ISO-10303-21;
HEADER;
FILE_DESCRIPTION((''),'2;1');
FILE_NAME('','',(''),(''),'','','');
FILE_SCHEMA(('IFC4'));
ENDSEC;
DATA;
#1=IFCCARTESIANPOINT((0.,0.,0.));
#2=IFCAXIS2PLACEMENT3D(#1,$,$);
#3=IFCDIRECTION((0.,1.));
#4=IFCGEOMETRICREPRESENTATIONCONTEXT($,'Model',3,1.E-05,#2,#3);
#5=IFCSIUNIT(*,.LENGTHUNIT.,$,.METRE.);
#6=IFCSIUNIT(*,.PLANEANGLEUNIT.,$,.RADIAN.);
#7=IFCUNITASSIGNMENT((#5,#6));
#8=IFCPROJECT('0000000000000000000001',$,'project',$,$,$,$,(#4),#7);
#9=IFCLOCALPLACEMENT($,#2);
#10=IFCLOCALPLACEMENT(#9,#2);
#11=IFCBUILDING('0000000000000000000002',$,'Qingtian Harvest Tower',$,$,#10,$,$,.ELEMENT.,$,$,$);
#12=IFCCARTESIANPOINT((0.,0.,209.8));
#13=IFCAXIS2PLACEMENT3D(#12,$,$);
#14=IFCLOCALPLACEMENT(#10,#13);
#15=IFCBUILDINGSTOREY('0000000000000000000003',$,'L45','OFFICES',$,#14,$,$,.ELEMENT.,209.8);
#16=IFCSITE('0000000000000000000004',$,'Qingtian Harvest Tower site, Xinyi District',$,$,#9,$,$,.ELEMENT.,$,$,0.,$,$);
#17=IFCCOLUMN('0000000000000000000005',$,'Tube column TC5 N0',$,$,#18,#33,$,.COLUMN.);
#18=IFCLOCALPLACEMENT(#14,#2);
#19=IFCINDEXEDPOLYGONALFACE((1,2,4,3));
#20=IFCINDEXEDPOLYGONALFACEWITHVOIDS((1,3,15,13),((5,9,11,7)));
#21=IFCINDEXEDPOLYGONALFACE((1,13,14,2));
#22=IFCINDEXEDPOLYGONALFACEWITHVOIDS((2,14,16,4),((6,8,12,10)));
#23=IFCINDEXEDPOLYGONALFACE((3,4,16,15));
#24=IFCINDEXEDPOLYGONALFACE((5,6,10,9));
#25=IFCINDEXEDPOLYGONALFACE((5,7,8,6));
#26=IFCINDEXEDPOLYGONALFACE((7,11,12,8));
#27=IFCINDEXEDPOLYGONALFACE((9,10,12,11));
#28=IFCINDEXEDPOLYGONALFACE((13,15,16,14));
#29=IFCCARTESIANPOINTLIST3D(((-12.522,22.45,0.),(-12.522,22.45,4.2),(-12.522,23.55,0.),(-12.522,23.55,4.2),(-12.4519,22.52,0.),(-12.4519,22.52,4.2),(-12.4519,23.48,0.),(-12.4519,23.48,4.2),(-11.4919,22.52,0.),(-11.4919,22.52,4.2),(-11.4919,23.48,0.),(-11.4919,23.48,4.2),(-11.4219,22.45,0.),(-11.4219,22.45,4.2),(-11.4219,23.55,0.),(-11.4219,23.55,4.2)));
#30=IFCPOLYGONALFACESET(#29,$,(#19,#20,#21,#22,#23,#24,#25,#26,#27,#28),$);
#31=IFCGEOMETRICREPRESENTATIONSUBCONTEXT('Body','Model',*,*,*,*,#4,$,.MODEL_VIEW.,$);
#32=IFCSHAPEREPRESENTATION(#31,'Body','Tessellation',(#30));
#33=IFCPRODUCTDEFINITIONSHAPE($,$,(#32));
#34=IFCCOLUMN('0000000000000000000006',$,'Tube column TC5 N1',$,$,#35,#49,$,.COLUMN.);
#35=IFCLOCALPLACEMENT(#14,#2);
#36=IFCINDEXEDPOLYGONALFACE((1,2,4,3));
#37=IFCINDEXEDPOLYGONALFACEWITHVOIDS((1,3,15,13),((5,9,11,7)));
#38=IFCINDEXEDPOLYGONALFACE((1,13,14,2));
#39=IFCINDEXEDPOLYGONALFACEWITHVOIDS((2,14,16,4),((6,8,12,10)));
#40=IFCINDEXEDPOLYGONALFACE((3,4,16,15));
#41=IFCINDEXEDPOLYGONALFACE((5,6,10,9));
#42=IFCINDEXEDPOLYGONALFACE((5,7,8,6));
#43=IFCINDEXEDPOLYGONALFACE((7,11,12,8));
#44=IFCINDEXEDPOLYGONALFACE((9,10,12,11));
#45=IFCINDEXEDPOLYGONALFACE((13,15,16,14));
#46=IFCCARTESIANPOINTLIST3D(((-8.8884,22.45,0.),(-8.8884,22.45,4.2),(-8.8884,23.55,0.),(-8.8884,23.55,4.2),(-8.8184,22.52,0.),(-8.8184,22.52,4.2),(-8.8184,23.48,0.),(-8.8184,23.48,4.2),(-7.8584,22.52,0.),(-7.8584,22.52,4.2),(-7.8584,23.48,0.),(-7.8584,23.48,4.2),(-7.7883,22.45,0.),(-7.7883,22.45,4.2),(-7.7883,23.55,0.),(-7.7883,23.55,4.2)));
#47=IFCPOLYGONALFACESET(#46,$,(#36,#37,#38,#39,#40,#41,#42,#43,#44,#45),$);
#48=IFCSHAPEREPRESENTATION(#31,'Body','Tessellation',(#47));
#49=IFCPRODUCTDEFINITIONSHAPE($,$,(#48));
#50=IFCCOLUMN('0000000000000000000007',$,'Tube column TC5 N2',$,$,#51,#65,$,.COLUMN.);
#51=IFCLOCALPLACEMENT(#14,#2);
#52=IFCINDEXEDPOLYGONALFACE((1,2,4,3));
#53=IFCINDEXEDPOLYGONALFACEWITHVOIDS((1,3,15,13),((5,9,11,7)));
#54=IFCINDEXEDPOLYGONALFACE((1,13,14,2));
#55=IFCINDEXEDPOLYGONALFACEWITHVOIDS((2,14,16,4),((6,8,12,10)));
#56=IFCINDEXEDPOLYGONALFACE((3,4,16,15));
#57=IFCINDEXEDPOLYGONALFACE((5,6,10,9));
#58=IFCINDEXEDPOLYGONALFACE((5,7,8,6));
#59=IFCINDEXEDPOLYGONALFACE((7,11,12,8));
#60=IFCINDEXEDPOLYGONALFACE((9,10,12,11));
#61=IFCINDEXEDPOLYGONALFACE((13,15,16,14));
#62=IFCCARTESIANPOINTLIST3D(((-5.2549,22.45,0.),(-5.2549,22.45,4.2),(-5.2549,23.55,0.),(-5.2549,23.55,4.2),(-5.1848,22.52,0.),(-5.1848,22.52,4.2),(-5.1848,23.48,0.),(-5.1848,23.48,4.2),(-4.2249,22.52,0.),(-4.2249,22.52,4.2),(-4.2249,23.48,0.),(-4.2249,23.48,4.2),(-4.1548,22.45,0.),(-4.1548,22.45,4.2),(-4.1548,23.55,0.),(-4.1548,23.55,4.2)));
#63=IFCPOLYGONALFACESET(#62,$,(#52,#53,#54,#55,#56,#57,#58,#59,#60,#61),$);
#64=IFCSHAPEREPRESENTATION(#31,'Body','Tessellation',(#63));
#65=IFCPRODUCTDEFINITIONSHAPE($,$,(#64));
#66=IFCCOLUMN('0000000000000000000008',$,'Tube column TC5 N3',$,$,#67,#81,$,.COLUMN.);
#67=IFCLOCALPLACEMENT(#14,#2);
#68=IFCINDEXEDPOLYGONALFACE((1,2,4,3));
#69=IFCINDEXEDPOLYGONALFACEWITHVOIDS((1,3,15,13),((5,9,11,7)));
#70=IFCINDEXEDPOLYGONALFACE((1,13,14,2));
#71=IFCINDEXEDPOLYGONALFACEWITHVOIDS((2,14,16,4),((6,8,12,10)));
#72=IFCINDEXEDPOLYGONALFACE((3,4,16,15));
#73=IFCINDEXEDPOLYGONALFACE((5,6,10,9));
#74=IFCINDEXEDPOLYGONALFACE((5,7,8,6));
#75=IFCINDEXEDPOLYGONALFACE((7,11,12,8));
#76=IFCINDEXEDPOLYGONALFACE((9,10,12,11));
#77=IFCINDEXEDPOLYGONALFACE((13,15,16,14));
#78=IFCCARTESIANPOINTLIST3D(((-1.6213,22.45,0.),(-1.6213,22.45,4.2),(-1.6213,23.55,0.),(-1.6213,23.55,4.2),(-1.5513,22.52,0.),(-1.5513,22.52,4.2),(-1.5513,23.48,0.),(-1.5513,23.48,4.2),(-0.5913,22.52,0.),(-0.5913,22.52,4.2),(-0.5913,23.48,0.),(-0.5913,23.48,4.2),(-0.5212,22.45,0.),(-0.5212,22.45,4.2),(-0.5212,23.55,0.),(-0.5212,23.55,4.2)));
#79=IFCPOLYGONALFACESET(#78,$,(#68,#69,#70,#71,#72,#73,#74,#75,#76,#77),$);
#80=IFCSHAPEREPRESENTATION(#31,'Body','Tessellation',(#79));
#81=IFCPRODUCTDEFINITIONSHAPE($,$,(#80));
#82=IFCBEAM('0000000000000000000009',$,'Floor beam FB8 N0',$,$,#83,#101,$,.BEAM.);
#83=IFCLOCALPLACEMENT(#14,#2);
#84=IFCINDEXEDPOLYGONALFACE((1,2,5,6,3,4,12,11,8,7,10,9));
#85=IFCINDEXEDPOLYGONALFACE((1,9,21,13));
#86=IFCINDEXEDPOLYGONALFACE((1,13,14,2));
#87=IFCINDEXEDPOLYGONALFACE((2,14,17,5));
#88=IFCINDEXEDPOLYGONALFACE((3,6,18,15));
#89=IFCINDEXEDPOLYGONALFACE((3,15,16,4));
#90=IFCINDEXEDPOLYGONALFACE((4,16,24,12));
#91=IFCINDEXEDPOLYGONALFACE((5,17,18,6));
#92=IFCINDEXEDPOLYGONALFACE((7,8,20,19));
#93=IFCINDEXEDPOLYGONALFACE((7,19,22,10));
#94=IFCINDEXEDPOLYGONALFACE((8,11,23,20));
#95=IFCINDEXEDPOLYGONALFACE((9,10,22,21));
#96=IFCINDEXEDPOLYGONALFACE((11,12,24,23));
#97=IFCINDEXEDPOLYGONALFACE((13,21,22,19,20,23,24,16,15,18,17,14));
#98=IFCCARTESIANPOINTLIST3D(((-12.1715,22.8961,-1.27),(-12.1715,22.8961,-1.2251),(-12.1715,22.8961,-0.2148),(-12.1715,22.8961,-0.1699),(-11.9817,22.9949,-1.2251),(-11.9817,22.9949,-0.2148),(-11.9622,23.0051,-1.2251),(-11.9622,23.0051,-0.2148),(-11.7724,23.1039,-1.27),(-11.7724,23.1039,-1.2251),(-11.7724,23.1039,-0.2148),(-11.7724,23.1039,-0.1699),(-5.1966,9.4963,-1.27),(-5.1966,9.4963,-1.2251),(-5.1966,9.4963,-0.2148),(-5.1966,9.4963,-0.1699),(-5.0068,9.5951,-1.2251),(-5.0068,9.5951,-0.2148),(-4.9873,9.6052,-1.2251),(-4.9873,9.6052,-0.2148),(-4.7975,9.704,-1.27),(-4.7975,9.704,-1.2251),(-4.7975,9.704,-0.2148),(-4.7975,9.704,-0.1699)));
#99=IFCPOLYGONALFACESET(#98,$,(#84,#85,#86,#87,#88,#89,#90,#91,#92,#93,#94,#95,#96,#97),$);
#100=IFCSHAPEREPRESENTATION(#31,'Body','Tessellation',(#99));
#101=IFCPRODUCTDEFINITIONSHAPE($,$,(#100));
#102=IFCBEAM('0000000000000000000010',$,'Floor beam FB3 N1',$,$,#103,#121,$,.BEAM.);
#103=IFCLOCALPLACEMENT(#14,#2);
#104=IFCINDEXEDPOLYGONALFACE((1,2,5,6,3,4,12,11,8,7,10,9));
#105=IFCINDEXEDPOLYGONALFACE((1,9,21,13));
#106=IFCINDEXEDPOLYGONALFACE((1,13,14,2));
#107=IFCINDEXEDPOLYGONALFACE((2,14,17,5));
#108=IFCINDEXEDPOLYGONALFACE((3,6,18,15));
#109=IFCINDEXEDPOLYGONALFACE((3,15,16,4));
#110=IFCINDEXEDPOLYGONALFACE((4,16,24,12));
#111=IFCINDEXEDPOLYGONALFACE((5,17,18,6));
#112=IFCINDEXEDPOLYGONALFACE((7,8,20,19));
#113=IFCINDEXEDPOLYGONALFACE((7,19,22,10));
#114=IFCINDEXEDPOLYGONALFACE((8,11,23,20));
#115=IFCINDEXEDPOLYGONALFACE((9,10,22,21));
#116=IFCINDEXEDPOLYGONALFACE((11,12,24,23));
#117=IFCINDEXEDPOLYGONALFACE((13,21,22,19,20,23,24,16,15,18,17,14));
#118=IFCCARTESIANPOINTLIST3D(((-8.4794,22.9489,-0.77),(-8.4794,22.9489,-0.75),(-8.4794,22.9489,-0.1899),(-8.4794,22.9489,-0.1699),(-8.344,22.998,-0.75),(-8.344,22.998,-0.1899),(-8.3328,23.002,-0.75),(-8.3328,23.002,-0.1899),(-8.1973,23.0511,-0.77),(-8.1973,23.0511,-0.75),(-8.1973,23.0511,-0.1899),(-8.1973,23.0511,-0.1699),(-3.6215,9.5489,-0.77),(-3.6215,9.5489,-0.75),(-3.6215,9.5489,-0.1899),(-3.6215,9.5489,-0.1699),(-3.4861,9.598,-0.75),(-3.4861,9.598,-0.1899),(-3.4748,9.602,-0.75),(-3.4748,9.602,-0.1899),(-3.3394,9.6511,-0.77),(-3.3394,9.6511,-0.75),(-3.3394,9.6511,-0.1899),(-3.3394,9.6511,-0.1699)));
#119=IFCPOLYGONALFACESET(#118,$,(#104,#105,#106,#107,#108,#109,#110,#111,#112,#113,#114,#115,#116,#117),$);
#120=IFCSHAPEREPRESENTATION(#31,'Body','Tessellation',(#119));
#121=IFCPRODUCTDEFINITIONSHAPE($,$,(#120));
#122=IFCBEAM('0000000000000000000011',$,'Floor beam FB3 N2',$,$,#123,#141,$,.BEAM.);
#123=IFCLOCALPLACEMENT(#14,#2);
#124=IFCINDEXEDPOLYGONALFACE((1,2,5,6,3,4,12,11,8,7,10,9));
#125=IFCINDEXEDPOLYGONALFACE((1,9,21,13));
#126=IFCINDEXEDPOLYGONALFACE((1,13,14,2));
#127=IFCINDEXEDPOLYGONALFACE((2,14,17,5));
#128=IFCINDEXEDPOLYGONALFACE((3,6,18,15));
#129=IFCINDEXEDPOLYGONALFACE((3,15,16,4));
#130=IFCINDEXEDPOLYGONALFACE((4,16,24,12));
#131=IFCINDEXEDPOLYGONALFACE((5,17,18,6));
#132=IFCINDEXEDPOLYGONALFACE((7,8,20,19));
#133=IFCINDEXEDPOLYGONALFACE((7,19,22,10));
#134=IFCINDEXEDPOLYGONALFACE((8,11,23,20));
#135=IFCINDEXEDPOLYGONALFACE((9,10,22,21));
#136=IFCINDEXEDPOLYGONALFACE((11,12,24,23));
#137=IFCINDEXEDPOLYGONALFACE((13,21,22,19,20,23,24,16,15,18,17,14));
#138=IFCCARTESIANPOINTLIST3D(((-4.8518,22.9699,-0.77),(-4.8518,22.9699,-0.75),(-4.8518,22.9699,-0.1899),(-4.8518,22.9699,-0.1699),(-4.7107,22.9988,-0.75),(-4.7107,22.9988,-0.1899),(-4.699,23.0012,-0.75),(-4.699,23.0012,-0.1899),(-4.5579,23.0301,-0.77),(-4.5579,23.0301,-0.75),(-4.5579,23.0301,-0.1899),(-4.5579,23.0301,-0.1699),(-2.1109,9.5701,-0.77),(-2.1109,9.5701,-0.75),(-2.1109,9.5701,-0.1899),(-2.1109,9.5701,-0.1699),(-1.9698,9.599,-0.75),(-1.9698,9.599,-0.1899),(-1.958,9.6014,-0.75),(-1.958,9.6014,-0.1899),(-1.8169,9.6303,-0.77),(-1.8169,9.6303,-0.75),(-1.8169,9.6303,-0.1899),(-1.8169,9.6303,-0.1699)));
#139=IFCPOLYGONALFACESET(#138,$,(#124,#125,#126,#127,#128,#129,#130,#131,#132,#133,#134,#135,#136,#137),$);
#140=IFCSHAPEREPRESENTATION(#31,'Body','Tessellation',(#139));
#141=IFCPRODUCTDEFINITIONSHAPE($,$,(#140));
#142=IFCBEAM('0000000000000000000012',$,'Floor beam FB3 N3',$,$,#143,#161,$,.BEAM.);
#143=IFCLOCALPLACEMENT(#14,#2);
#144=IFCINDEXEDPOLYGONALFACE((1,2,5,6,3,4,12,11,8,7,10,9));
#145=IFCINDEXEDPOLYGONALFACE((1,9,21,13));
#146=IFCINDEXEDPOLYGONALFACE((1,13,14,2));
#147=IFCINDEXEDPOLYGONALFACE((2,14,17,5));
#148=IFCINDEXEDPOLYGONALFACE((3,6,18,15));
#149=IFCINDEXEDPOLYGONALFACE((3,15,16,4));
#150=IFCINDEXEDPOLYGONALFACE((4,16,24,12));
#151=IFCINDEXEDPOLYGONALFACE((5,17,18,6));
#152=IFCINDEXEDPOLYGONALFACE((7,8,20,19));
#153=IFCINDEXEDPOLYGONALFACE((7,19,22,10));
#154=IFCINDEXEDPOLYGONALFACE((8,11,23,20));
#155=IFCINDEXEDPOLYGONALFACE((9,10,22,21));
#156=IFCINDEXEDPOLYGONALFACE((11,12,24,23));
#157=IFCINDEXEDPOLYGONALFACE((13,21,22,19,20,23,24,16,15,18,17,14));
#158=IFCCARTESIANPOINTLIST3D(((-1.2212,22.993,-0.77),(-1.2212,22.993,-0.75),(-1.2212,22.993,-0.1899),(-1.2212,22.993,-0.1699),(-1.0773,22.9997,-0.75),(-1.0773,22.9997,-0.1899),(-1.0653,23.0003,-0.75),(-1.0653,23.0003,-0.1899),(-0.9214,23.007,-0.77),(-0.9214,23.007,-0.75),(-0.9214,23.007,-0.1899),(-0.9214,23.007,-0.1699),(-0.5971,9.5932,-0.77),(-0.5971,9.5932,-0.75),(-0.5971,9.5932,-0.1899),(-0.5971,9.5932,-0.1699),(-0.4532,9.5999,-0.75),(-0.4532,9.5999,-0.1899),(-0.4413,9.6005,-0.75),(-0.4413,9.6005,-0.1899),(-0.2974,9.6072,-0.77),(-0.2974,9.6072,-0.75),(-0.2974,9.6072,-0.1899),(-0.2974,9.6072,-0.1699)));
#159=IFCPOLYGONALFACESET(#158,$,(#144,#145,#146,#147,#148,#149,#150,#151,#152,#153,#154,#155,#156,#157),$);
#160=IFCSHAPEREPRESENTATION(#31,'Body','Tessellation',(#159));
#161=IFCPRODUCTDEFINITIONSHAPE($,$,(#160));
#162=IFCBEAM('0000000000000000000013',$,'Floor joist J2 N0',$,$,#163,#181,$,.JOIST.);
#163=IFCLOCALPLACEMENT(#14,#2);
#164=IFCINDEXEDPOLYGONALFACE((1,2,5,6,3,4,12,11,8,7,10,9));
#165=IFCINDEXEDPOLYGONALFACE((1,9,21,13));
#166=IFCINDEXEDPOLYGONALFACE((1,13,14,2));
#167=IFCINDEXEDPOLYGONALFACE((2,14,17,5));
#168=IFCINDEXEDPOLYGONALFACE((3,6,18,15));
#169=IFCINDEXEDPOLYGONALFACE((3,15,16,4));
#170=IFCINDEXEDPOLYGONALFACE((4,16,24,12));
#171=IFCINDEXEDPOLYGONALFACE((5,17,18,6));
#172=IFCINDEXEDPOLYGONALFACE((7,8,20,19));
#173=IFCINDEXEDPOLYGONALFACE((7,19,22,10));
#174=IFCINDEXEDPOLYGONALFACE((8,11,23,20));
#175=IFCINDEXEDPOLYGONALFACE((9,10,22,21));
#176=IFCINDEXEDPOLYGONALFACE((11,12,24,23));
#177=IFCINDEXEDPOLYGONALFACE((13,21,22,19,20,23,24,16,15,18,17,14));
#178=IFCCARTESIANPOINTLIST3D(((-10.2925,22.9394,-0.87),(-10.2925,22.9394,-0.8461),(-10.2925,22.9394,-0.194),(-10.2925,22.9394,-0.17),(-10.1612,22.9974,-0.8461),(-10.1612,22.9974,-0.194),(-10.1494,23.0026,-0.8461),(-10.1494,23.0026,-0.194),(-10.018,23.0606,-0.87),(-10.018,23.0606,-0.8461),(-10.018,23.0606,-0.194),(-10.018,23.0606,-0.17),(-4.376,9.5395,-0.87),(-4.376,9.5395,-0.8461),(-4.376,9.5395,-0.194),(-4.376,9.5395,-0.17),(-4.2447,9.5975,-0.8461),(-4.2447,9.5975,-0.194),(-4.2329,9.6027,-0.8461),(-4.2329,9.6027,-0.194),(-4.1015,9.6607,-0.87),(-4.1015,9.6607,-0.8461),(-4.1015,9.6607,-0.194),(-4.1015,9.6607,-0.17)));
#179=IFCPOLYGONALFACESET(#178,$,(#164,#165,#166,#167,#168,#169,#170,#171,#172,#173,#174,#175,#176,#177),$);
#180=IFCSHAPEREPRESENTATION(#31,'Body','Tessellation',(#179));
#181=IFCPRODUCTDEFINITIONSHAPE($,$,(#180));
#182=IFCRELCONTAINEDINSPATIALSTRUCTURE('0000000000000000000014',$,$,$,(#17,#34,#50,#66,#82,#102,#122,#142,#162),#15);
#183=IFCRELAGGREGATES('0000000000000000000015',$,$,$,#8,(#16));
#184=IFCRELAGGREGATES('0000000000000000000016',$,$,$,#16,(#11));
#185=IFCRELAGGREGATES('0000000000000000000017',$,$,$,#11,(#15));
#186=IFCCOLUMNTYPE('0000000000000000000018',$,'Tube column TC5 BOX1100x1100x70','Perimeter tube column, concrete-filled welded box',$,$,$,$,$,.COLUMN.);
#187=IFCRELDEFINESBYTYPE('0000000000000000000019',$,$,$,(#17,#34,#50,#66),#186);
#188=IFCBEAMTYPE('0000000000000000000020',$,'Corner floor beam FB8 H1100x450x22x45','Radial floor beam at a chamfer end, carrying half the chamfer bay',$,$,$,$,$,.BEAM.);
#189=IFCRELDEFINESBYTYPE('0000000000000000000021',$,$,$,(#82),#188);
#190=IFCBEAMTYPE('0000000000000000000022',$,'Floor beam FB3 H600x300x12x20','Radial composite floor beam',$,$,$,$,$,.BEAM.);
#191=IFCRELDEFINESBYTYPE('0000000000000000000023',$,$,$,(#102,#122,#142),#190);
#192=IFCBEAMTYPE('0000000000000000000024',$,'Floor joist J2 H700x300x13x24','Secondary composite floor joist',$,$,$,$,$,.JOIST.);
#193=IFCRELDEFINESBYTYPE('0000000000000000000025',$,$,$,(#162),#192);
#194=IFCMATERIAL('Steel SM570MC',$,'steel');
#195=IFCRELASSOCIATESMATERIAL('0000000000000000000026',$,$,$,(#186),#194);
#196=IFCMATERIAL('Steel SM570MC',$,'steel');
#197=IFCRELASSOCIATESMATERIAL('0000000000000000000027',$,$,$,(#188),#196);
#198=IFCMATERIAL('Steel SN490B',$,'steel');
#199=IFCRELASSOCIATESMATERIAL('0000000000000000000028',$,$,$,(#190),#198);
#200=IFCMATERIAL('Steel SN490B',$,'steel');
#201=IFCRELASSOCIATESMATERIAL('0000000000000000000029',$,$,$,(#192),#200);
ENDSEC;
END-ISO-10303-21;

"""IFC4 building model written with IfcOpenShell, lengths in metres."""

from ifc_helpers import new_model, si_unit, direction, frame, origin, origin_2d, place, context, subcontext, project, spatial, hollow_rectangle, i_section, extrude, material, material_profile, profile_set, type_object, element, save


model = new_model("IFC4")

# Units and contexts
model_context = context("Model", 3, precision=1e-05, world=origin(), true_north=direction((0.0, 1.0)))
body_context = subcontext(model_context, "Body", "Model", "MODEL_VIEW")
ifc_project = project(units=[si_unit("LENGTHUNIT", "METRE"), si_unit("PLANEANGLEUNIT", "RADIAN")], contexts=[model_context])

# Site, building, storey
site_placement = place(None, origin())
site = spatial("IfcSite", under=ifc_project, at=site_placement, Name="Qingtian Harvest Tower site, Xinyi District", CompositionType="ELEMENT", RefElevation=0.0)
building_placement = place(site_placement, origin())
building = spatial("IfcBuilding", under=site, at=building_placement, Name="Qingtian Harvest Tower", CompositionType="ELEMENT")
storey_placement = place(building_placement, frame((0.0, 0.0, 209.8)))
storey = spatial("IfcBuildingStorey", under=building, at=storey_placement, Name="L45", Description="OFFICES", CompositionType="ELEMENT", Elevation=209.8)

# Columns
ifc_material_1 = material(Name="Steel SM570MC", Category="steel")
ifc_material_profile_1 = material_profile(ifc_material_1, hollow_rectangle(XDim=1.1001, YDim=1.1001, WallThickness=0.0701, at=origin_2d()), Name="BOX1100x1100x70")
ifc_profile_set_1 = profile_set([ifc_material_profile_1], Name="Steel SM570MC")
column_type = type_object("IfcColumnType", Name="Tube column TC5 BOX1100x1100x70", Description="Perimeter tube column, concrete-filled welded box", PredefinedType="COLUMN", material=ifc_profile_set_1)
for number, where, z_axis, x_axis, name in (
    (1, (-11.9719, 23.0, 0.0), (0.0, 0.0, 1.0), (-1.0, 0.0, 0.0), "Tube column TC5 N0"),
    (2, (-8.3384, 23.0, 0.0), (0.0, 0.0, 1.0), (-1.0, 0.0, 0.0), "Tube column TC5 N1"),
    (3, (-4.7048, 23.0, 0.0), (0.0, 0.0, 1.0), (-1.0, 0.0, 0.0), "Tube column TC5 N2"),
    (4, (-1.0713, 23.0, 0.0), (0.0, 0.0, 1.0), (-1.0, 0.0, 0.0), "Tube column TC5 N3"),
):
    element("IfcColumn", number, at=place(storey_placement, frame(where, z_axis=z_axis, x_axis=x_axis)), inside=storey, type_object=column_type, Name=name, PredefinedType="COLUMN", context=body_context, shape_type="SweptSolid", body=[
        extrude(hollow_rectangle(XDim=1.1001, YDim=1.1001, WallThickness=0.0701, at=origin_2d()), origin(), (0.0, 0.0, 1.0), 4.2),
    ])

# Beams
ifc_material_2 = material(Name="Steel SM570MC", Category="steel")
ifc_material_profile_2 = material_profile(ifc_material_2, i_section(OverallWidth=0.45, OverallDepth=1.1001, WebThickness=0.022, FlangeThickness=0.0449, at=origin_2d()), Name="H1100x450x22x45")
ifc_profile_set_2 = profile_set([ifc_material_profile_2], Name="Steel SM570MC")
beam_type_1 = type_object("IfcBeamType", Name="Corner floor beam FB8 H1100x450x22x45", Description="Radial floor beam at a chamfer end, carrying half the chamfer bay", PredefinedType="BEAM", material=ifc_profile_set_2)
beam_1_placement = place(storey_placement, frame((-11.9719, 23.0, -0.72), z_axis=(0.461712, -0.88703, 0.0), x_axis=(0.88703, 0.461712, 0.0)))
element("IfcBeam", 5, at=beam_1_placement, inside=storey, type_object=beam_type_1, Name="Floor beam FB8 N0", PredefinedType="BEAM", context=body_context, shape_type="SweptSolid", body=[
    extrude(i_section(OverallWidth=0.45, OverallDepth=1.1001, WebThickness=0.022, FlangeThickness=0.0449, at=origin_2d()), origin(), (0.0, 0.0, 1.0), 15.1064),
])
ifc_material_3 = material(Name="Steel SN490B", Category="steel")
ifc_material_profile_3 = material_profile(ifc_material_3, i_section(OverallWidth=0.3, OverallDepth=0.6001, WebThickness=0.012, FlangeThickness=0.02, at=origin_2d()), Name="H600x300x12x20")
ifc_profile_set_3 = profile_set([ifc_material_profile_3], Name="Steel SN490B")
beam_type_2 = type_object("IfcBeamType", Name="Floor beam FB3 H600x300x12x20", Description="Radial composite floor beam", PredefinedType="BEAM", material=ifc_profile_set_3)
beam_2_placement = place(storey_placement, frame((-8.3384, 23.0, -0.47), z_axis=(0.340827, -0.940126, 0.0), x_axis=(0.940126, 0.340827, 0.0)))
element("IfcBeam", 6, at=beam_2_placement, inside=storey, type_object=beam_type_2, Name="Floor beam FB3 N1", PredefinedType="BEAM", context=body_context, shape_type="SweptSolid", body=[
    extrude(i_section(OverallWidth=0.3, OverallDepth=0.6001, WebThickness=0.012, FlangeThickness=0.02, at=origin_2d()), origin(), (0.0, 0.0, 1.0), 14.2534),
])
beam_3_placement = place(storey_placement, frame((-4.7048, 23.0, -0.47), z_axis=(0.200402, -0.979714, 0.0), x_axis=(0.979714, 0.200402, 0.0)))
element("IfcBeam", 7, at=beam_3_placement, inside=storey, type_object=beam_type_2, Name="Floor beam FB3 N2", PredefinedType="BEAM", context=body_context, shape_type="SweptSolid", body=[
    extrude(i_section(OverallWidth=0.3, OverallDepth=0.6001, WebThickness=0.012, FlangeThickness=0.02, at=origin_2d()), origin(), (0.0, 0.0, 1.0), 13.6772),
])
beam_4_placement = place(storey_placement, frame((-1.0713, 23.0, -0.47), z_axis=(0.046519, -0.998917, 0.0), x_axis=(0.998917, 0.046519, 0.0)))
element("IfcBeam", 8, at=beam_4_placement, inside=storey, type_object=beam_type_2, Name="Floor beam FB3 N3", PredefinedType="BEAM", context=body_context, shape_type="SweptSolid", body=[
    extrude(i_section(OverallWidth=0.3, OverallDepth=0.6001, WebThickness=0.012, FlangeThickness=0.02, at=origin_2d()), origin(), (0.0, 0.0, 1.0), 13.4143),
])
ifc_material_4 = material(Name="Steel SN490B", Category="steel")
ifc_material_profile_4 = material_profile(ifc_material_4, i_section(OverallWidth=0.3, OverallDepth=0.7, WebThickness=0.0129, FlangeThickness=0.0239, at=origin_2d()), Name="H700x300x13x24")
ifc_profile_set_4 = profile_set([ifc_material_profile_4], Name="Steel SN490B")
beam_type_3 = type_object("IfcBeamType", Name="Floor joist J2 H700x300x13x24", Description="Secondary composite floor joist", PredefinedType="JOIST", material=ifc_profile_set_4)
beam_5_placement = place(storey_placement, frame((-10.1553, 23.0, -0.52), z_axis=(0.403913, -0.914797, 0.0), x_axis=(0.914797, 0.403913, 0.0)))
element("IfcBeam", 9, at=beam_5_placement, inside=storey, type_object=beam_type_3, Name="Floor joist J2 N0", PredefinedType="JOIST", context=body_context, shape_type="SweptSolid", body=[
    extrude(i_section(OverallWidth=0.3, OverallDepth=0.7, WebThickness=0.0129, FlangeThickness=0.0239, at=origin_2d()), origin(), (0.0, 0.0, 1.0), 14.6479),
])

save(model, "model.ifc")
